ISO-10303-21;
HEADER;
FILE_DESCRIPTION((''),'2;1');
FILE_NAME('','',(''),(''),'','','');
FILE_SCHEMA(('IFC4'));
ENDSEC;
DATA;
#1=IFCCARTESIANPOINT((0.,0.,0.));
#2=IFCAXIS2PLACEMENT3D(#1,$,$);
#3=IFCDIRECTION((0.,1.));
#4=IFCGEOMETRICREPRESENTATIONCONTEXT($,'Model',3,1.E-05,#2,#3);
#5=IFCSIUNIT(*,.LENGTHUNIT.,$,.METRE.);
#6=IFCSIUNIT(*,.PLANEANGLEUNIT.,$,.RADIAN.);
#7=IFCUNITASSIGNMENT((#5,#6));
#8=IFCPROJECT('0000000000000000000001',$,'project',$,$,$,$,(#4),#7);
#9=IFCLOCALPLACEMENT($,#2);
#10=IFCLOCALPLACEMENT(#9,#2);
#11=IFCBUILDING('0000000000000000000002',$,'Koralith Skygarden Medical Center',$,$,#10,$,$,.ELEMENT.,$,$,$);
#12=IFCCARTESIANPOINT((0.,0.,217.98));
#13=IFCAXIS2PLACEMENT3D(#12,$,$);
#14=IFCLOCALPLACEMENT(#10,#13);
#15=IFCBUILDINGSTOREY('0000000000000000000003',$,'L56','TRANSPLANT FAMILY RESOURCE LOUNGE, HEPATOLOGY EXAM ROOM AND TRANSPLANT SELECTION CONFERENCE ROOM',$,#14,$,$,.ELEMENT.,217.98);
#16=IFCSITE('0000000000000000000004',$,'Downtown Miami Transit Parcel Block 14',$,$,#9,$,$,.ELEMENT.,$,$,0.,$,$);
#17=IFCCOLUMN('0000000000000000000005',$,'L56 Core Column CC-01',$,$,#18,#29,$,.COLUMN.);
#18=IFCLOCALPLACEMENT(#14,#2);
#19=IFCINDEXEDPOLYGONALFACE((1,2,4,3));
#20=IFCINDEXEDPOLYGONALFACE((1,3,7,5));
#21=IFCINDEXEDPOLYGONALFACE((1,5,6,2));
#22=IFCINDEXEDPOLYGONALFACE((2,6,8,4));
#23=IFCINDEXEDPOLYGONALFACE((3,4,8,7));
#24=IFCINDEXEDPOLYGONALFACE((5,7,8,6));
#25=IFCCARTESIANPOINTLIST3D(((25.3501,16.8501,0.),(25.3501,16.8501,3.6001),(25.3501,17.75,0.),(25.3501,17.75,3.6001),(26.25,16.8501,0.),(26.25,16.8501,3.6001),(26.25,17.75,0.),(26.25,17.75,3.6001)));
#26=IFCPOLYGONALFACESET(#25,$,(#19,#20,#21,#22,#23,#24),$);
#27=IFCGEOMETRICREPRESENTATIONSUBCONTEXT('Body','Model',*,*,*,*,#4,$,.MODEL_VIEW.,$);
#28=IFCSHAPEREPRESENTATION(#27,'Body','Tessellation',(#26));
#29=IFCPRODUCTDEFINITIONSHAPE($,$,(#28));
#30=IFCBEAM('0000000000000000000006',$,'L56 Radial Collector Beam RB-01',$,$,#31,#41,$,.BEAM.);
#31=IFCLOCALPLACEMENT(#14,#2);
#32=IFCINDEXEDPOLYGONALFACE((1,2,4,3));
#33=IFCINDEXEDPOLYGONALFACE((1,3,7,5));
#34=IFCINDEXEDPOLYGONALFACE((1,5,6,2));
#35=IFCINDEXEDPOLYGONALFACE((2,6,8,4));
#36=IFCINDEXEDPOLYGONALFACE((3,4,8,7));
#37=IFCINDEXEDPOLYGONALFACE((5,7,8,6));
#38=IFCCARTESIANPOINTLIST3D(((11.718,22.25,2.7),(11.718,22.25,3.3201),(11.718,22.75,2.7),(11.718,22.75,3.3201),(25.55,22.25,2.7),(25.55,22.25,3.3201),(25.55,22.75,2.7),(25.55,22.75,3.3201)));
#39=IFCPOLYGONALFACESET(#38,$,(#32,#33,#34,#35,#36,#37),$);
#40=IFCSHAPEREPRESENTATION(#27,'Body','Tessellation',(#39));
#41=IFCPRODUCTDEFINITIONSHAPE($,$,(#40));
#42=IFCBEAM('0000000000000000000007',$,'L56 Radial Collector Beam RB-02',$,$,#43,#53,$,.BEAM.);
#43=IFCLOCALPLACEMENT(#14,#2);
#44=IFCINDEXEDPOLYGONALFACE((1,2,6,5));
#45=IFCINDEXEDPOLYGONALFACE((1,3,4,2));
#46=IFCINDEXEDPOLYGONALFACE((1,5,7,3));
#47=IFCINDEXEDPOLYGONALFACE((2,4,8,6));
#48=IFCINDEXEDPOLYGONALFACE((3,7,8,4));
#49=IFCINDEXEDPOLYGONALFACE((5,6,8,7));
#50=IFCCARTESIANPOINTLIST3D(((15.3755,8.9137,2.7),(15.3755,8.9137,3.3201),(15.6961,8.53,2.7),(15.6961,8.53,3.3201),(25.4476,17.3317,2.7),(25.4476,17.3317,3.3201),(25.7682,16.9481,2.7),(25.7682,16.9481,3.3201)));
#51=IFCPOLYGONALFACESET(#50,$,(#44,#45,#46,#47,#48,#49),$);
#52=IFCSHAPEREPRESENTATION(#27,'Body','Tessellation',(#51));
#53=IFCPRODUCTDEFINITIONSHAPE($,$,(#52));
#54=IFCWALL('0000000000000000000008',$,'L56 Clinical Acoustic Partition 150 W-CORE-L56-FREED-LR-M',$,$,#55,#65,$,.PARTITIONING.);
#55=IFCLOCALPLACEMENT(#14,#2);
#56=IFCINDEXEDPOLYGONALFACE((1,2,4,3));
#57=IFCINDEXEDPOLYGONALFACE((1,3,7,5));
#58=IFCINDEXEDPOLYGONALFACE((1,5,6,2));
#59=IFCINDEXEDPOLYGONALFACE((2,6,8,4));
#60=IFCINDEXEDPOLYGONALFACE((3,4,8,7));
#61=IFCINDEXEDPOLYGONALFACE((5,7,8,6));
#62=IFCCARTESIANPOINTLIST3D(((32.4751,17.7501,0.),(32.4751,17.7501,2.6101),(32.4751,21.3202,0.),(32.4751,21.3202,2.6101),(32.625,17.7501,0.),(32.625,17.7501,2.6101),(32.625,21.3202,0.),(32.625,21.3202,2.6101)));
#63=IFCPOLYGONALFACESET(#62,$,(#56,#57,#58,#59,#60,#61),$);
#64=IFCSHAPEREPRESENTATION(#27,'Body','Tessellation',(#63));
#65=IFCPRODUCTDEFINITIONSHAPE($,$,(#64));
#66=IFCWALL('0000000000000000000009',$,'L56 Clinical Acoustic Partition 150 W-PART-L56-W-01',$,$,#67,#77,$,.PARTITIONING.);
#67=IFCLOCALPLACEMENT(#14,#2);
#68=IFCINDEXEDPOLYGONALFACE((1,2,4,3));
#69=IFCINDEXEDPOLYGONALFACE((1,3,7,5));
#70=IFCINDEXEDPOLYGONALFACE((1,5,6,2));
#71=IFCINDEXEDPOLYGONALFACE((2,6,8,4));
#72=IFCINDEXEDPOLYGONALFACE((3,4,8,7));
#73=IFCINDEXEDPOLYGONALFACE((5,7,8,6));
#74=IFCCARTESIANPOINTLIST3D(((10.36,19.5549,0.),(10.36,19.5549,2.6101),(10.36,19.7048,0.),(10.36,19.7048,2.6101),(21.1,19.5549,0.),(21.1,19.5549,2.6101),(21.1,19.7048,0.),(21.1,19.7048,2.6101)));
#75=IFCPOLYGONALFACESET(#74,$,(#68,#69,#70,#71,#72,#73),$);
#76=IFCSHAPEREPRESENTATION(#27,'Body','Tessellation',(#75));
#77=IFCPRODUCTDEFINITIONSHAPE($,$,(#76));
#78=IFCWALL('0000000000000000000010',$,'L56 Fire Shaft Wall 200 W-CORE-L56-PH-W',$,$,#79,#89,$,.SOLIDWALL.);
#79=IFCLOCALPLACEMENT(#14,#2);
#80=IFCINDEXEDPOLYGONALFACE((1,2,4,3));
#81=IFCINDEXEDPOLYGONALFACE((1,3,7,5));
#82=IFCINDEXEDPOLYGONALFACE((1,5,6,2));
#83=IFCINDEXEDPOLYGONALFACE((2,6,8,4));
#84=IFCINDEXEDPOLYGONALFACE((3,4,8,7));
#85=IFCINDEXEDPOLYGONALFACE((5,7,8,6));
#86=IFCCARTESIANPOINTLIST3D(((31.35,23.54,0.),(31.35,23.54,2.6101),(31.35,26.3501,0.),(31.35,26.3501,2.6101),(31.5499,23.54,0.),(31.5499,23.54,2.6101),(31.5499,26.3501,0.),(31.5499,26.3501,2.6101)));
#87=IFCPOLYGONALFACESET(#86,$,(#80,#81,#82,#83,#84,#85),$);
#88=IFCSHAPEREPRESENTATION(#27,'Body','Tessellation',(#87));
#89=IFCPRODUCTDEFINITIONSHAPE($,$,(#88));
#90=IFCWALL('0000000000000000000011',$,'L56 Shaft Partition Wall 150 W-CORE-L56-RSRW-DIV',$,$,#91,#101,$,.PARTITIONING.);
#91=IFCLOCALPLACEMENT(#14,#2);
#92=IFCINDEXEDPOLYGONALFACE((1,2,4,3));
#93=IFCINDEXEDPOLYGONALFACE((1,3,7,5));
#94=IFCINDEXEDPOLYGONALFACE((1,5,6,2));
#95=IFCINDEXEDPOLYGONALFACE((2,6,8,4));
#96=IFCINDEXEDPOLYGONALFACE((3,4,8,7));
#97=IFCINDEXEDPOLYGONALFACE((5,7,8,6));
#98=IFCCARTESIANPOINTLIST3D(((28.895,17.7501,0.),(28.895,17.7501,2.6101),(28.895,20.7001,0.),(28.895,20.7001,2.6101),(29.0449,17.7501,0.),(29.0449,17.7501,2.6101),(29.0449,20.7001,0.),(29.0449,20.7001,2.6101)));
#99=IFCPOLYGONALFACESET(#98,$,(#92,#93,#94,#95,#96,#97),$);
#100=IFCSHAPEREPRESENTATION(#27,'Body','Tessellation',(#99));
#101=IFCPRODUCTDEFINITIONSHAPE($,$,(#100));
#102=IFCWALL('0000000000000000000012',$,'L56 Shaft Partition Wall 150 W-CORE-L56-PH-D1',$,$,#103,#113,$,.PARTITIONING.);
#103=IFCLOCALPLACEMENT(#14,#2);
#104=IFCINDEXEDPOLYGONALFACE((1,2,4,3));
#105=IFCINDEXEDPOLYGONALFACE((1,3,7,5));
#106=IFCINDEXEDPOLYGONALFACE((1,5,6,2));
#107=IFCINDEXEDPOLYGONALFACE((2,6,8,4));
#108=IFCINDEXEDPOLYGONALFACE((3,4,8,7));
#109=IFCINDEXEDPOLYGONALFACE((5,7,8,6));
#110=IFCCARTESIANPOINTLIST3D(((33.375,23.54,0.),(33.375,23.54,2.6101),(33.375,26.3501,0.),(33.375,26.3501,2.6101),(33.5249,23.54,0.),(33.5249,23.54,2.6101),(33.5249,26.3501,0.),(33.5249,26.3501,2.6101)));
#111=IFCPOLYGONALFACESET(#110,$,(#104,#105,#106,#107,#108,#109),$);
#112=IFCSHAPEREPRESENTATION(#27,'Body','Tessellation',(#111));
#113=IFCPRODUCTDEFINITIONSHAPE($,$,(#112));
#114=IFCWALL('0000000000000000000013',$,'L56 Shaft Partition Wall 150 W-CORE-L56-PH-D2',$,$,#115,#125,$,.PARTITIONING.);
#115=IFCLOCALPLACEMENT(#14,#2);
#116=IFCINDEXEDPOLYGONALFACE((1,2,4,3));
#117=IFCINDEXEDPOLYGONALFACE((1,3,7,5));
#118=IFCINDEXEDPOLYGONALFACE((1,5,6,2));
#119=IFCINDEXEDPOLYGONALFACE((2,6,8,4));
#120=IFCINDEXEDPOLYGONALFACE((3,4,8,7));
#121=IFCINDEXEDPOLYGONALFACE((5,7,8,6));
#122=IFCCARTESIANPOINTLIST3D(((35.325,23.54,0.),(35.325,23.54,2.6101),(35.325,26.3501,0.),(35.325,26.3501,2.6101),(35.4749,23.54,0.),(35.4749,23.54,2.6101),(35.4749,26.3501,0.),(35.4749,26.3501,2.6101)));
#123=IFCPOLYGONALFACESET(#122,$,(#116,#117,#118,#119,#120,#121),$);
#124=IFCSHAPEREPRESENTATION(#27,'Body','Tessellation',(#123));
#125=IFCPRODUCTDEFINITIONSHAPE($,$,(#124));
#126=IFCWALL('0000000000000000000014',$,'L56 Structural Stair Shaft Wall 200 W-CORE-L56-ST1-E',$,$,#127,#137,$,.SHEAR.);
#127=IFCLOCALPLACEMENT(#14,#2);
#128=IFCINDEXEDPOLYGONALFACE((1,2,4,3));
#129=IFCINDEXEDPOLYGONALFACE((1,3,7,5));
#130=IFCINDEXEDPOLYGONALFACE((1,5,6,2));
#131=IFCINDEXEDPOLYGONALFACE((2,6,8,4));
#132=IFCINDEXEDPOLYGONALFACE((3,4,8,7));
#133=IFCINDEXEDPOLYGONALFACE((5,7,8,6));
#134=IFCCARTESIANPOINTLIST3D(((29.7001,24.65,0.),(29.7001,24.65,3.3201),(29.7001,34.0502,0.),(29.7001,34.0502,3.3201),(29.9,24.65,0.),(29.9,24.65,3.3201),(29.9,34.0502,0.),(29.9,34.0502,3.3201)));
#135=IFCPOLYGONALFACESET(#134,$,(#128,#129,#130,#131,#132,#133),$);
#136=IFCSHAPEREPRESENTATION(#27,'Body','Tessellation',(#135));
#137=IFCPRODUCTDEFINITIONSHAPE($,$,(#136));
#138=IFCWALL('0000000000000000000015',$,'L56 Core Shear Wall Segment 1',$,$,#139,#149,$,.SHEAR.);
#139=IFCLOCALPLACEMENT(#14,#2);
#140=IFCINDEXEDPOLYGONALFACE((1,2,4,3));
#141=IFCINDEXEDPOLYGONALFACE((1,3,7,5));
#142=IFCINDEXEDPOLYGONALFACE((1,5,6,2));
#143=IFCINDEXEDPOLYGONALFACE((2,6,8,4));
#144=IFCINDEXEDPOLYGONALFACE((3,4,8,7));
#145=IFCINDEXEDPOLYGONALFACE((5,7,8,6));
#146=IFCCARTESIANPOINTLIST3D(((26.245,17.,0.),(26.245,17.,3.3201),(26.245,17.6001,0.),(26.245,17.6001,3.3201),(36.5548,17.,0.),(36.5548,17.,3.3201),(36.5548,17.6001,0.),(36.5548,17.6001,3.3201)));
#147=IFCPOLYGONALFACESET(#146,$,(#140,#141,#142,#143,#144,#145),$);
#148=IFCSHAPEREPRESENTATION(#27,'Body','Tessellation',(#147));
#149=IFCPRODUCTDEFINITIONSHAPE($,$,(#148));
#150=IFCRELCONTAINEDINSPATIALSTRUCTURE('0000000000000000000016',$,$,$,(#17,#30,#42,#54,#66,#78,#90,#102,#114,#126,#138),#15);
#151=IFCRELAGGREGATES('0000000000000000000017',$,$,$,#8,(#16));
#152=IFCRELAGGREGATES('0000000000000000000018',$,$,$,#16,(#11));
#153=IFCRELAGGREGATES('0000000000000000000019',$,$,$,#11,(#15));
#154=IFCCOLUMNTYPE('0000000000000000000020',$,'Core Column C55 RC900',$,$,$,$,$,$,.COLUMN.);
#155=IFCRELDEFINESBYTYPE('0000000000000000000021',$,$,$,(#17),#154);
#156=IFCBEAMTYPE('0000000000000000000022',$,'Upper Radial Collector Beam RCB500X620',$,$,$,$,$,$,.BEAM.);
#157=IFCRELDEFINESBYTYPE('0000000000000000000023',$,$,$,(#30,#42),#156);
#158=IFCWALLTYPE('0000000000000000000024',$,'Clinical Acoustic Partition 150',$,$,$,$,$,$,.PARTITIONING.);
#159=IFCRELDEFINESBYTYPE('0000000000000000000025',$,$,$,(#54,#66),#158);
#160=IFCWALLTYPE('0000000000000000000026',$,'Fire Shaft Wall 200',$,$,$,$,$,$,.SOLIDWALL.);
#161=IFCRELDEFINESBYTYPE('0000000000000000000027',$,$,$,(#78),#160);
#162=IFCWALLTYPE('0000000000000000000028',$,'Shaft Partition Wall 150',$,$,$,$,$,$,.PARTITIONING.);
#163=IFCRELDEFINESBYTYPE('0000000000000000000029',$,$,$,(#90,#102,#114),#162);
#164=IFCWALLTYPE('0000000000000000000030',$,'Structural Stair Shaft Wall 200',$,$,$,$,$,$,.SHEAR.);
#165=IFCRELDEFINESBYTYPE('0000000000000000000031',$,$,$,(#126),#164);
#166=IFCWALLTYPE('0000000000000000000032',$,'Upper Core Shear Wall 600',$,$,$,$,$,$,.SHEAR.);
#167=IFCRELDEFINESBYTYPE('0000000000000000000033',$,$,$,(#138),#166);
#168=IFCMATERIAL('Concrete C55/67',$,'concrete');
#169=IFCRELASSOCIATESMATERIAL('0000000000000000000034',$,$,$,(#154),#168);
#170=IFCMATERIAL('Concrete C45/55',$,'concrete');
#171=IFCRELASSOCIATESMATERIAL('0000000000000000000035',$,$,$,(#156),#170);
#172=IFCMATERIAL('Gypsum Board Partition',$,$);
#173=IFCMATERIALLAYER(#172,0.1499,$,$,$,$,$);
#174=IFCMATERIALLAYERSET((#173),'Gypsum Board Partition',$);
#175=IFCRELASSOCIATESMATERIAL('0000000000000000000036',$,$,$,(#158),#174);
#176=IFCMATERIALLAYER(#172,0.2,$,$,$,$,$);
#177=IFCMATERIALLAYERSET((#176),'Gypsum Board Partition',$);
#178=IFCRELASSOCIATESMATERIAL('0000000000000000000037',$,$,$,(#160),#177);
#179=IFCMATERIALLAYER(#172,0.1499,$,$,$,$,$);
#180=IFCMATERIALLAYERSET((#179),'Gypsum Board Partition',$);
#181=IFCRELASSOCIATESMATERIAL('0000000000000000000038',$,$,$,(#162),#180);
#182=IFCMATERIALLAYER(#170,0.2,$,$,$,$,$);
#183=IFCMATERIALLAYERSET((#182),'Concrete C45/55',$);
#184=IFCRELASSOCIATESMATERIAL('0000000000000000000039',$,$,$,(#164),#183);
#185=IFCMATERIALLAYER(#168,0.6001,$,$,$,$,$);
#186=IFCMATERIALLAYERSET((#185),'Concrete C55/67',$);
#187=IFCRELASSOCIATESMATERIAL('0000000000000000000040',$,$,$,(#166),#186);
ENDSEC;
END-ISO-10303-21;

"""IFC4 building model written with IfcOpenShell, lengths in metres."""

from ifc_helpers import new_model, si_unit, direction, frame, frame_2d, origin, origin_2d, place, context, subcontext, project, spatial, rectangle, extrude, material, layer, layer_set, material_profile, profile_set, type_object, element, save


model = new_model("IFC4")

# Units and contexts
model_context = context("Model", 3, precision=1e-05, world=origin(), true_north=direction((0.0, 1.0)))
body_context = subcontext(model_context, "Body", "Model", "MODEL_VIEW")
ifc_project = project(units=[si_unit("LENGTHUNIT", "METRE"), si_unit("PLANEANGLEUNIT", "RADIAN")], contexts=[model_context])

# Site, building, storey
site_placement = place(None, origin())
site = spatial("IfcSite", under=ifc_project, at=site_placement, Name="Downtown Miami Transit Parcel Block 14", CompositionType="ELEMENT", RefElevation=0.0)
building_placement = place(site_placement, origin())
building = spatial("IfcBuilding", under=site, at=building_placement, Name="Koralith Skygarden Medical Center", CompositionType="ELEMENT")
storey_placement = place(building_placement, frame((0.0, 0.0, 217.98)))
storey = spatial("IfcBuildingStorey", under=building, at=storey_placement, Name="L56", Description="TRANSPLANT FAMILY RESOURCE LOUNGE, HEPATOLOGY EXAM ROOM AND TRANSPLANT SELECTION CONFERENCE ROOM", CompositionType="ELEMENT", Elevation=217.98)

# Column
ifc_material_1 = material(Name="Concrete C55/67", Category="concrete")
ifc_material_profile_1 = material_profile(ifc_material_1, rectangle(XDim=0.8999, YDim=0.8999, at=origin_2d()), Name="RC900X900")
ifc_profile_set_1 = profile_set([ifc_material_profile_1], Name="Concrete C55/67")
column_type = type_object("IfcColumnType", Name="Core Column C55 RC900", PredefinedType="COLUMN", material=ifc_profile_set_1)
column_placement = place(storey_placement, frame((25.8, 17.3, 0.0), z_axis=(0.0, 0.0, 1.0), x_axis=(1.0, 0.0, 0.0)))
element("IfcColumn", 1, at=column_placement, inside=storey, type_object=column_type, Name="L56 Core Column CC-01", PredefinedType="COLUMN", context=body_context, shape_type="SweptSolid", body=[
    extrude(rectangle(XDim=0.8999, YDim=0.8999, at=origin_2d()), origin(), (0.0, 0.0, 1.0), 3.6001),
])

# Beams
ifc_material_2 = material(Name="Concrete C45/55", Category="concrete")
ifc_material_profile_2 = material_profile(ifc_material_2, rectangle(XDim=0.5, YDim=0.6201, at=origin_2d()), Name="RCB500X620")
ifc_profile_set_2 = profile_set([ifc_material_profile_2], Name="Concrete C45/55")
beam_type = type_object("IfcBeamType", Name="Upper Radial Collector Beam RCB500X620", PredefinedType="BEAM", material=ifc_profile_set_2)
beam_1_placement = place(storey_placement, frame((25.55, 22.5, 3.01), z_axis=(-1.0, 0.0, 0.0), x_axis=(0.0, -1.0, 0.0)))
element("IfcBeam", 2, at=beam_1_placement, inside=storey, type_object=beam_type, Name="L56 Radial Collector Beam RB-01", PredefinedType="BEAM", context=body_context, shape_type="SweptSolid", body=[
    extrude(rectangle(XDim=0.5, YDim=0.6201, at=origin_2d()), origin(), (0.0, 0.0, 1.0), 13.832),
])
beam_2_placement = place(storey_placement, frame((25.6079, 17.1399, 3.01), z_axis=(-0.767298, -0.641291, 0.0), x_axis=(0.641291, -0.767298, 0.0)))
element("IfcBeam", 3, at=beam_2_placement, inside=storey, type_object=beam_type, Name="L56 Radial Collector Beam RB-02", PredefinedType="BEAM", context=body_context, shape_type="SweptSolid", body=[
    extrude(rectangle(XDim=0.5, YDim=0.6201, at=origin_2d()), origin(), (0.0, 0.0, 1.0), 13.1267),
])

# Shared definitions
ifc_material_3 = material(Name="Gypsum Board Partition")
ifc_layer_1 = layer(ifc_material_3, 0.1499)
ifc_layer_set_1 = layer_set([ifc_layer_1], Name="Gypsum Board Partition")
wall_type_1 = type_object("IfcWallType", Name="Clinical Acoustic Partition 150", PredefinedType="PARTITIONING", material=ifc_layer_set_1)

# Walls
wall_1_placement = place(storey_placement, frame((32.55, 17.75, 0.0), z_axis=(0.0, 0.0, 1.0), x_axis=(0.0, 1.0, 0.0)))
element("IfcWall", 4, at=wall_1_placement, inside=storey, type_object=wall_type_1, Name="L56 Clinical Acoustic Partition 150 W-CORE-L56-FREED-LR-M", PredefinedType="PARTITIONING", context=body_context, shape_type="SweptSolid", body=[
    extrude(rectangle(XDim=3.5701, YDim=0.1499, at=frame_2d((1.7852, 0.0))), origin(), (0.0, 0.0, 1.0), 2.6101),
])
wall_2_placement = place(storey_placement, frame((21.1001, 19.6299, 0.0), z_axis=(0.0, 0.0, 1.0), x_axis=(-1.0, 0.0, 0.0)))
element("IfcWall", 5, at=wall_2_placement, inside=storey, type_object=wall_type_1, Name="L56 Clinical Acoustic Partition 150 W-PART-L56-W-01", PredefinedType="PARTITIONING", context=body_context, shape_type="SweptSolid", body=[
    extrude(rectangle(XDim=10.74, YDim=0.1499, at=frame_2d((5.3701, 0.0))), origin(), (0.0, 0.0, 1.0), 2.6101),
])

# Shared definitions
ifc_layer_2 = layer(ifc_material_3, 0.2)
ifc_layer_set_2 = layer_set([ifc_layer_2], Name="Gypsum Board Partition")
wall_type_2 = type_object("IfcWallType", Name="Fire Shaft Wall 200", PredefinedType="SOLIDWALL", material=ifc_layer_set_2)

# Walls
wall_3_placement = place(storey_placement, frame((31.45, 23.54, 0.0), z_axis=(0.0, 0.0, 1.0), x_axis=(0.0, 1.0, 0.0)))
element("IfcWall", 6, at=wall_3_placement, inside=storey, type_object=wall_type_2, Name="L56 Fire Shaft Wall 200 W-CORE-L56-PH-W", PredefinedType="SOLIDWALL", context=body_context, shape_type="SweptSolid", body=[
    extrude(rectangle(XDim=2.8101, YDim=0.2, at=frame_2d((1.405, 0.0))), origin(), (0.0, 0.0, 1.0), 2.6101),
])
ifc_layer_3 = layer(ifc_material_3, 0.1499)
ifc_layer_set_3 = layer_set([ifc_layer_3], Name="Gypsum Board Partition")
wall_type_3 = type_object("IfcWallType", Name="Shaft Partition Wall 150", PredefinedType="PARTITIONING", material=ifc_layer_set_3)
wall_4_placement = place(storey_placement, frame((28.97, 17.75, 0.0), z_axis=(0.0, 0.0, 1.0), x_axis=(0.0, 1.0, 0.0)))
element("IfcWall", 7, at=wall_4_placement, inside=storey, type_object=wall_type_3, Name="L56 Shaft Partition Wall 150 W-CORE-L56-RSRW-DIV", PredefinedType="PARTITIONING", context=body_context, shape_type="SweptSolid", body=[
    extrude(rectangle(XDim=2.95, YDim=0.1499, at=frame_2d((1.4751, 0.0))), origin(), (0.0, 0.0, 1.0), 2.6101),
])
for number, where, z_axis, x_axis, name in (
    (8, (33.45, 23.54, 0.0), (0.0, 0.0, 1.0), (0.0, 1.0, 0.0), "L56 Shaft Partition Wall 150 W-CORE-L56-PH-D1"),
    (9, (35.3999, 23.54, 0.0), (0.0, 0.0, 1.0), (0.0, 1.0, 0.0), "L56 Shaft Partition Wall 150 W-CORE-L56-PH-D2"),
):
    element("IfcWall", number, at=place(storey_placement, frame(where, z_axis=z_axis, x_axis=x_axis)), inside=storey, type_object=wall_type_3, Name=name, PredefinedType="PARTITIONING", context=body_context, shape_type="SweptSolid", body=[
        extrude(rectangle(XDim=2.8101, YDim=0.1499, at=frame_2d((1.405, 0.0))), origin(), (0.0, 0.0, 1.0), 2.6101),
    ])
ifc_layer_4 = layer(ifc_material_2, 0.2)
ifc_layer_set_4 = layer_set([ifc_layer_4], Name="Concrete C45/55")
wall_type_4 = type_object("IfcWallType", Name="Structural Stair Shaft Wall 200", PredefinedType="SHEAR", material=ifc_layer_set_4)
wall_5_placement = place(storey_placement, frame((29.8, 24.6499, 0.0), z_axis=(0.0, 0.0, 1.0), x_axis=(0.0, 1.0, 0.0)))
element("IfcWall", 10, at=wall_5_placement, inside=storey, type_object=wall_type_4, Name="L56 Structural Stair Shaft Wall 200 W-CORE-L56-ST1-E", PredefinedType="SHEAR", context=body_context, shape_type="SweptSolid", body=[
    extrude(rectangle(XDim=9.4001, YDim=0.2, at=frame_2d((4.7002, 0.0))), origin(), (0.0, 0.0, 1.0), 3.3201),
])

# Wall
ifc_layer_5 = layer(ifc_material_1, 0.6001)
ifc_layer_set_5 = layer_set([ifc_layer_5], Name="Concrete C55/67")
wall_type_5 = type_object("IfcWallType", Name="Upper Core Shear Wall 600", PredefinedType="SHEAR", material=ifc_layer_set_5)
wall_6_placement = place(storey_placement, frame((26.2451, 17.3, 0.0), z_axis=(0.0, 0.0, 1.0), x_axis=(1.0, 0.0, 0.0)))
element("IfcWall", 11, at=wall_6_placement, inside=storey, type_object=wall_type_5, Name="L56 Core Shear Wall Segment 1", PredefinedType="SHEAR", context=body_context, shape_type="SweptSolid", body=[
    extrude(rectangle(XDim=10.3098, YDim=0.6001, at=frame_2d((5.1548, 0.0))), origin(), (0.0, 0.0, 1.0), 3.3201),
])

save(model, "model.ifc")
